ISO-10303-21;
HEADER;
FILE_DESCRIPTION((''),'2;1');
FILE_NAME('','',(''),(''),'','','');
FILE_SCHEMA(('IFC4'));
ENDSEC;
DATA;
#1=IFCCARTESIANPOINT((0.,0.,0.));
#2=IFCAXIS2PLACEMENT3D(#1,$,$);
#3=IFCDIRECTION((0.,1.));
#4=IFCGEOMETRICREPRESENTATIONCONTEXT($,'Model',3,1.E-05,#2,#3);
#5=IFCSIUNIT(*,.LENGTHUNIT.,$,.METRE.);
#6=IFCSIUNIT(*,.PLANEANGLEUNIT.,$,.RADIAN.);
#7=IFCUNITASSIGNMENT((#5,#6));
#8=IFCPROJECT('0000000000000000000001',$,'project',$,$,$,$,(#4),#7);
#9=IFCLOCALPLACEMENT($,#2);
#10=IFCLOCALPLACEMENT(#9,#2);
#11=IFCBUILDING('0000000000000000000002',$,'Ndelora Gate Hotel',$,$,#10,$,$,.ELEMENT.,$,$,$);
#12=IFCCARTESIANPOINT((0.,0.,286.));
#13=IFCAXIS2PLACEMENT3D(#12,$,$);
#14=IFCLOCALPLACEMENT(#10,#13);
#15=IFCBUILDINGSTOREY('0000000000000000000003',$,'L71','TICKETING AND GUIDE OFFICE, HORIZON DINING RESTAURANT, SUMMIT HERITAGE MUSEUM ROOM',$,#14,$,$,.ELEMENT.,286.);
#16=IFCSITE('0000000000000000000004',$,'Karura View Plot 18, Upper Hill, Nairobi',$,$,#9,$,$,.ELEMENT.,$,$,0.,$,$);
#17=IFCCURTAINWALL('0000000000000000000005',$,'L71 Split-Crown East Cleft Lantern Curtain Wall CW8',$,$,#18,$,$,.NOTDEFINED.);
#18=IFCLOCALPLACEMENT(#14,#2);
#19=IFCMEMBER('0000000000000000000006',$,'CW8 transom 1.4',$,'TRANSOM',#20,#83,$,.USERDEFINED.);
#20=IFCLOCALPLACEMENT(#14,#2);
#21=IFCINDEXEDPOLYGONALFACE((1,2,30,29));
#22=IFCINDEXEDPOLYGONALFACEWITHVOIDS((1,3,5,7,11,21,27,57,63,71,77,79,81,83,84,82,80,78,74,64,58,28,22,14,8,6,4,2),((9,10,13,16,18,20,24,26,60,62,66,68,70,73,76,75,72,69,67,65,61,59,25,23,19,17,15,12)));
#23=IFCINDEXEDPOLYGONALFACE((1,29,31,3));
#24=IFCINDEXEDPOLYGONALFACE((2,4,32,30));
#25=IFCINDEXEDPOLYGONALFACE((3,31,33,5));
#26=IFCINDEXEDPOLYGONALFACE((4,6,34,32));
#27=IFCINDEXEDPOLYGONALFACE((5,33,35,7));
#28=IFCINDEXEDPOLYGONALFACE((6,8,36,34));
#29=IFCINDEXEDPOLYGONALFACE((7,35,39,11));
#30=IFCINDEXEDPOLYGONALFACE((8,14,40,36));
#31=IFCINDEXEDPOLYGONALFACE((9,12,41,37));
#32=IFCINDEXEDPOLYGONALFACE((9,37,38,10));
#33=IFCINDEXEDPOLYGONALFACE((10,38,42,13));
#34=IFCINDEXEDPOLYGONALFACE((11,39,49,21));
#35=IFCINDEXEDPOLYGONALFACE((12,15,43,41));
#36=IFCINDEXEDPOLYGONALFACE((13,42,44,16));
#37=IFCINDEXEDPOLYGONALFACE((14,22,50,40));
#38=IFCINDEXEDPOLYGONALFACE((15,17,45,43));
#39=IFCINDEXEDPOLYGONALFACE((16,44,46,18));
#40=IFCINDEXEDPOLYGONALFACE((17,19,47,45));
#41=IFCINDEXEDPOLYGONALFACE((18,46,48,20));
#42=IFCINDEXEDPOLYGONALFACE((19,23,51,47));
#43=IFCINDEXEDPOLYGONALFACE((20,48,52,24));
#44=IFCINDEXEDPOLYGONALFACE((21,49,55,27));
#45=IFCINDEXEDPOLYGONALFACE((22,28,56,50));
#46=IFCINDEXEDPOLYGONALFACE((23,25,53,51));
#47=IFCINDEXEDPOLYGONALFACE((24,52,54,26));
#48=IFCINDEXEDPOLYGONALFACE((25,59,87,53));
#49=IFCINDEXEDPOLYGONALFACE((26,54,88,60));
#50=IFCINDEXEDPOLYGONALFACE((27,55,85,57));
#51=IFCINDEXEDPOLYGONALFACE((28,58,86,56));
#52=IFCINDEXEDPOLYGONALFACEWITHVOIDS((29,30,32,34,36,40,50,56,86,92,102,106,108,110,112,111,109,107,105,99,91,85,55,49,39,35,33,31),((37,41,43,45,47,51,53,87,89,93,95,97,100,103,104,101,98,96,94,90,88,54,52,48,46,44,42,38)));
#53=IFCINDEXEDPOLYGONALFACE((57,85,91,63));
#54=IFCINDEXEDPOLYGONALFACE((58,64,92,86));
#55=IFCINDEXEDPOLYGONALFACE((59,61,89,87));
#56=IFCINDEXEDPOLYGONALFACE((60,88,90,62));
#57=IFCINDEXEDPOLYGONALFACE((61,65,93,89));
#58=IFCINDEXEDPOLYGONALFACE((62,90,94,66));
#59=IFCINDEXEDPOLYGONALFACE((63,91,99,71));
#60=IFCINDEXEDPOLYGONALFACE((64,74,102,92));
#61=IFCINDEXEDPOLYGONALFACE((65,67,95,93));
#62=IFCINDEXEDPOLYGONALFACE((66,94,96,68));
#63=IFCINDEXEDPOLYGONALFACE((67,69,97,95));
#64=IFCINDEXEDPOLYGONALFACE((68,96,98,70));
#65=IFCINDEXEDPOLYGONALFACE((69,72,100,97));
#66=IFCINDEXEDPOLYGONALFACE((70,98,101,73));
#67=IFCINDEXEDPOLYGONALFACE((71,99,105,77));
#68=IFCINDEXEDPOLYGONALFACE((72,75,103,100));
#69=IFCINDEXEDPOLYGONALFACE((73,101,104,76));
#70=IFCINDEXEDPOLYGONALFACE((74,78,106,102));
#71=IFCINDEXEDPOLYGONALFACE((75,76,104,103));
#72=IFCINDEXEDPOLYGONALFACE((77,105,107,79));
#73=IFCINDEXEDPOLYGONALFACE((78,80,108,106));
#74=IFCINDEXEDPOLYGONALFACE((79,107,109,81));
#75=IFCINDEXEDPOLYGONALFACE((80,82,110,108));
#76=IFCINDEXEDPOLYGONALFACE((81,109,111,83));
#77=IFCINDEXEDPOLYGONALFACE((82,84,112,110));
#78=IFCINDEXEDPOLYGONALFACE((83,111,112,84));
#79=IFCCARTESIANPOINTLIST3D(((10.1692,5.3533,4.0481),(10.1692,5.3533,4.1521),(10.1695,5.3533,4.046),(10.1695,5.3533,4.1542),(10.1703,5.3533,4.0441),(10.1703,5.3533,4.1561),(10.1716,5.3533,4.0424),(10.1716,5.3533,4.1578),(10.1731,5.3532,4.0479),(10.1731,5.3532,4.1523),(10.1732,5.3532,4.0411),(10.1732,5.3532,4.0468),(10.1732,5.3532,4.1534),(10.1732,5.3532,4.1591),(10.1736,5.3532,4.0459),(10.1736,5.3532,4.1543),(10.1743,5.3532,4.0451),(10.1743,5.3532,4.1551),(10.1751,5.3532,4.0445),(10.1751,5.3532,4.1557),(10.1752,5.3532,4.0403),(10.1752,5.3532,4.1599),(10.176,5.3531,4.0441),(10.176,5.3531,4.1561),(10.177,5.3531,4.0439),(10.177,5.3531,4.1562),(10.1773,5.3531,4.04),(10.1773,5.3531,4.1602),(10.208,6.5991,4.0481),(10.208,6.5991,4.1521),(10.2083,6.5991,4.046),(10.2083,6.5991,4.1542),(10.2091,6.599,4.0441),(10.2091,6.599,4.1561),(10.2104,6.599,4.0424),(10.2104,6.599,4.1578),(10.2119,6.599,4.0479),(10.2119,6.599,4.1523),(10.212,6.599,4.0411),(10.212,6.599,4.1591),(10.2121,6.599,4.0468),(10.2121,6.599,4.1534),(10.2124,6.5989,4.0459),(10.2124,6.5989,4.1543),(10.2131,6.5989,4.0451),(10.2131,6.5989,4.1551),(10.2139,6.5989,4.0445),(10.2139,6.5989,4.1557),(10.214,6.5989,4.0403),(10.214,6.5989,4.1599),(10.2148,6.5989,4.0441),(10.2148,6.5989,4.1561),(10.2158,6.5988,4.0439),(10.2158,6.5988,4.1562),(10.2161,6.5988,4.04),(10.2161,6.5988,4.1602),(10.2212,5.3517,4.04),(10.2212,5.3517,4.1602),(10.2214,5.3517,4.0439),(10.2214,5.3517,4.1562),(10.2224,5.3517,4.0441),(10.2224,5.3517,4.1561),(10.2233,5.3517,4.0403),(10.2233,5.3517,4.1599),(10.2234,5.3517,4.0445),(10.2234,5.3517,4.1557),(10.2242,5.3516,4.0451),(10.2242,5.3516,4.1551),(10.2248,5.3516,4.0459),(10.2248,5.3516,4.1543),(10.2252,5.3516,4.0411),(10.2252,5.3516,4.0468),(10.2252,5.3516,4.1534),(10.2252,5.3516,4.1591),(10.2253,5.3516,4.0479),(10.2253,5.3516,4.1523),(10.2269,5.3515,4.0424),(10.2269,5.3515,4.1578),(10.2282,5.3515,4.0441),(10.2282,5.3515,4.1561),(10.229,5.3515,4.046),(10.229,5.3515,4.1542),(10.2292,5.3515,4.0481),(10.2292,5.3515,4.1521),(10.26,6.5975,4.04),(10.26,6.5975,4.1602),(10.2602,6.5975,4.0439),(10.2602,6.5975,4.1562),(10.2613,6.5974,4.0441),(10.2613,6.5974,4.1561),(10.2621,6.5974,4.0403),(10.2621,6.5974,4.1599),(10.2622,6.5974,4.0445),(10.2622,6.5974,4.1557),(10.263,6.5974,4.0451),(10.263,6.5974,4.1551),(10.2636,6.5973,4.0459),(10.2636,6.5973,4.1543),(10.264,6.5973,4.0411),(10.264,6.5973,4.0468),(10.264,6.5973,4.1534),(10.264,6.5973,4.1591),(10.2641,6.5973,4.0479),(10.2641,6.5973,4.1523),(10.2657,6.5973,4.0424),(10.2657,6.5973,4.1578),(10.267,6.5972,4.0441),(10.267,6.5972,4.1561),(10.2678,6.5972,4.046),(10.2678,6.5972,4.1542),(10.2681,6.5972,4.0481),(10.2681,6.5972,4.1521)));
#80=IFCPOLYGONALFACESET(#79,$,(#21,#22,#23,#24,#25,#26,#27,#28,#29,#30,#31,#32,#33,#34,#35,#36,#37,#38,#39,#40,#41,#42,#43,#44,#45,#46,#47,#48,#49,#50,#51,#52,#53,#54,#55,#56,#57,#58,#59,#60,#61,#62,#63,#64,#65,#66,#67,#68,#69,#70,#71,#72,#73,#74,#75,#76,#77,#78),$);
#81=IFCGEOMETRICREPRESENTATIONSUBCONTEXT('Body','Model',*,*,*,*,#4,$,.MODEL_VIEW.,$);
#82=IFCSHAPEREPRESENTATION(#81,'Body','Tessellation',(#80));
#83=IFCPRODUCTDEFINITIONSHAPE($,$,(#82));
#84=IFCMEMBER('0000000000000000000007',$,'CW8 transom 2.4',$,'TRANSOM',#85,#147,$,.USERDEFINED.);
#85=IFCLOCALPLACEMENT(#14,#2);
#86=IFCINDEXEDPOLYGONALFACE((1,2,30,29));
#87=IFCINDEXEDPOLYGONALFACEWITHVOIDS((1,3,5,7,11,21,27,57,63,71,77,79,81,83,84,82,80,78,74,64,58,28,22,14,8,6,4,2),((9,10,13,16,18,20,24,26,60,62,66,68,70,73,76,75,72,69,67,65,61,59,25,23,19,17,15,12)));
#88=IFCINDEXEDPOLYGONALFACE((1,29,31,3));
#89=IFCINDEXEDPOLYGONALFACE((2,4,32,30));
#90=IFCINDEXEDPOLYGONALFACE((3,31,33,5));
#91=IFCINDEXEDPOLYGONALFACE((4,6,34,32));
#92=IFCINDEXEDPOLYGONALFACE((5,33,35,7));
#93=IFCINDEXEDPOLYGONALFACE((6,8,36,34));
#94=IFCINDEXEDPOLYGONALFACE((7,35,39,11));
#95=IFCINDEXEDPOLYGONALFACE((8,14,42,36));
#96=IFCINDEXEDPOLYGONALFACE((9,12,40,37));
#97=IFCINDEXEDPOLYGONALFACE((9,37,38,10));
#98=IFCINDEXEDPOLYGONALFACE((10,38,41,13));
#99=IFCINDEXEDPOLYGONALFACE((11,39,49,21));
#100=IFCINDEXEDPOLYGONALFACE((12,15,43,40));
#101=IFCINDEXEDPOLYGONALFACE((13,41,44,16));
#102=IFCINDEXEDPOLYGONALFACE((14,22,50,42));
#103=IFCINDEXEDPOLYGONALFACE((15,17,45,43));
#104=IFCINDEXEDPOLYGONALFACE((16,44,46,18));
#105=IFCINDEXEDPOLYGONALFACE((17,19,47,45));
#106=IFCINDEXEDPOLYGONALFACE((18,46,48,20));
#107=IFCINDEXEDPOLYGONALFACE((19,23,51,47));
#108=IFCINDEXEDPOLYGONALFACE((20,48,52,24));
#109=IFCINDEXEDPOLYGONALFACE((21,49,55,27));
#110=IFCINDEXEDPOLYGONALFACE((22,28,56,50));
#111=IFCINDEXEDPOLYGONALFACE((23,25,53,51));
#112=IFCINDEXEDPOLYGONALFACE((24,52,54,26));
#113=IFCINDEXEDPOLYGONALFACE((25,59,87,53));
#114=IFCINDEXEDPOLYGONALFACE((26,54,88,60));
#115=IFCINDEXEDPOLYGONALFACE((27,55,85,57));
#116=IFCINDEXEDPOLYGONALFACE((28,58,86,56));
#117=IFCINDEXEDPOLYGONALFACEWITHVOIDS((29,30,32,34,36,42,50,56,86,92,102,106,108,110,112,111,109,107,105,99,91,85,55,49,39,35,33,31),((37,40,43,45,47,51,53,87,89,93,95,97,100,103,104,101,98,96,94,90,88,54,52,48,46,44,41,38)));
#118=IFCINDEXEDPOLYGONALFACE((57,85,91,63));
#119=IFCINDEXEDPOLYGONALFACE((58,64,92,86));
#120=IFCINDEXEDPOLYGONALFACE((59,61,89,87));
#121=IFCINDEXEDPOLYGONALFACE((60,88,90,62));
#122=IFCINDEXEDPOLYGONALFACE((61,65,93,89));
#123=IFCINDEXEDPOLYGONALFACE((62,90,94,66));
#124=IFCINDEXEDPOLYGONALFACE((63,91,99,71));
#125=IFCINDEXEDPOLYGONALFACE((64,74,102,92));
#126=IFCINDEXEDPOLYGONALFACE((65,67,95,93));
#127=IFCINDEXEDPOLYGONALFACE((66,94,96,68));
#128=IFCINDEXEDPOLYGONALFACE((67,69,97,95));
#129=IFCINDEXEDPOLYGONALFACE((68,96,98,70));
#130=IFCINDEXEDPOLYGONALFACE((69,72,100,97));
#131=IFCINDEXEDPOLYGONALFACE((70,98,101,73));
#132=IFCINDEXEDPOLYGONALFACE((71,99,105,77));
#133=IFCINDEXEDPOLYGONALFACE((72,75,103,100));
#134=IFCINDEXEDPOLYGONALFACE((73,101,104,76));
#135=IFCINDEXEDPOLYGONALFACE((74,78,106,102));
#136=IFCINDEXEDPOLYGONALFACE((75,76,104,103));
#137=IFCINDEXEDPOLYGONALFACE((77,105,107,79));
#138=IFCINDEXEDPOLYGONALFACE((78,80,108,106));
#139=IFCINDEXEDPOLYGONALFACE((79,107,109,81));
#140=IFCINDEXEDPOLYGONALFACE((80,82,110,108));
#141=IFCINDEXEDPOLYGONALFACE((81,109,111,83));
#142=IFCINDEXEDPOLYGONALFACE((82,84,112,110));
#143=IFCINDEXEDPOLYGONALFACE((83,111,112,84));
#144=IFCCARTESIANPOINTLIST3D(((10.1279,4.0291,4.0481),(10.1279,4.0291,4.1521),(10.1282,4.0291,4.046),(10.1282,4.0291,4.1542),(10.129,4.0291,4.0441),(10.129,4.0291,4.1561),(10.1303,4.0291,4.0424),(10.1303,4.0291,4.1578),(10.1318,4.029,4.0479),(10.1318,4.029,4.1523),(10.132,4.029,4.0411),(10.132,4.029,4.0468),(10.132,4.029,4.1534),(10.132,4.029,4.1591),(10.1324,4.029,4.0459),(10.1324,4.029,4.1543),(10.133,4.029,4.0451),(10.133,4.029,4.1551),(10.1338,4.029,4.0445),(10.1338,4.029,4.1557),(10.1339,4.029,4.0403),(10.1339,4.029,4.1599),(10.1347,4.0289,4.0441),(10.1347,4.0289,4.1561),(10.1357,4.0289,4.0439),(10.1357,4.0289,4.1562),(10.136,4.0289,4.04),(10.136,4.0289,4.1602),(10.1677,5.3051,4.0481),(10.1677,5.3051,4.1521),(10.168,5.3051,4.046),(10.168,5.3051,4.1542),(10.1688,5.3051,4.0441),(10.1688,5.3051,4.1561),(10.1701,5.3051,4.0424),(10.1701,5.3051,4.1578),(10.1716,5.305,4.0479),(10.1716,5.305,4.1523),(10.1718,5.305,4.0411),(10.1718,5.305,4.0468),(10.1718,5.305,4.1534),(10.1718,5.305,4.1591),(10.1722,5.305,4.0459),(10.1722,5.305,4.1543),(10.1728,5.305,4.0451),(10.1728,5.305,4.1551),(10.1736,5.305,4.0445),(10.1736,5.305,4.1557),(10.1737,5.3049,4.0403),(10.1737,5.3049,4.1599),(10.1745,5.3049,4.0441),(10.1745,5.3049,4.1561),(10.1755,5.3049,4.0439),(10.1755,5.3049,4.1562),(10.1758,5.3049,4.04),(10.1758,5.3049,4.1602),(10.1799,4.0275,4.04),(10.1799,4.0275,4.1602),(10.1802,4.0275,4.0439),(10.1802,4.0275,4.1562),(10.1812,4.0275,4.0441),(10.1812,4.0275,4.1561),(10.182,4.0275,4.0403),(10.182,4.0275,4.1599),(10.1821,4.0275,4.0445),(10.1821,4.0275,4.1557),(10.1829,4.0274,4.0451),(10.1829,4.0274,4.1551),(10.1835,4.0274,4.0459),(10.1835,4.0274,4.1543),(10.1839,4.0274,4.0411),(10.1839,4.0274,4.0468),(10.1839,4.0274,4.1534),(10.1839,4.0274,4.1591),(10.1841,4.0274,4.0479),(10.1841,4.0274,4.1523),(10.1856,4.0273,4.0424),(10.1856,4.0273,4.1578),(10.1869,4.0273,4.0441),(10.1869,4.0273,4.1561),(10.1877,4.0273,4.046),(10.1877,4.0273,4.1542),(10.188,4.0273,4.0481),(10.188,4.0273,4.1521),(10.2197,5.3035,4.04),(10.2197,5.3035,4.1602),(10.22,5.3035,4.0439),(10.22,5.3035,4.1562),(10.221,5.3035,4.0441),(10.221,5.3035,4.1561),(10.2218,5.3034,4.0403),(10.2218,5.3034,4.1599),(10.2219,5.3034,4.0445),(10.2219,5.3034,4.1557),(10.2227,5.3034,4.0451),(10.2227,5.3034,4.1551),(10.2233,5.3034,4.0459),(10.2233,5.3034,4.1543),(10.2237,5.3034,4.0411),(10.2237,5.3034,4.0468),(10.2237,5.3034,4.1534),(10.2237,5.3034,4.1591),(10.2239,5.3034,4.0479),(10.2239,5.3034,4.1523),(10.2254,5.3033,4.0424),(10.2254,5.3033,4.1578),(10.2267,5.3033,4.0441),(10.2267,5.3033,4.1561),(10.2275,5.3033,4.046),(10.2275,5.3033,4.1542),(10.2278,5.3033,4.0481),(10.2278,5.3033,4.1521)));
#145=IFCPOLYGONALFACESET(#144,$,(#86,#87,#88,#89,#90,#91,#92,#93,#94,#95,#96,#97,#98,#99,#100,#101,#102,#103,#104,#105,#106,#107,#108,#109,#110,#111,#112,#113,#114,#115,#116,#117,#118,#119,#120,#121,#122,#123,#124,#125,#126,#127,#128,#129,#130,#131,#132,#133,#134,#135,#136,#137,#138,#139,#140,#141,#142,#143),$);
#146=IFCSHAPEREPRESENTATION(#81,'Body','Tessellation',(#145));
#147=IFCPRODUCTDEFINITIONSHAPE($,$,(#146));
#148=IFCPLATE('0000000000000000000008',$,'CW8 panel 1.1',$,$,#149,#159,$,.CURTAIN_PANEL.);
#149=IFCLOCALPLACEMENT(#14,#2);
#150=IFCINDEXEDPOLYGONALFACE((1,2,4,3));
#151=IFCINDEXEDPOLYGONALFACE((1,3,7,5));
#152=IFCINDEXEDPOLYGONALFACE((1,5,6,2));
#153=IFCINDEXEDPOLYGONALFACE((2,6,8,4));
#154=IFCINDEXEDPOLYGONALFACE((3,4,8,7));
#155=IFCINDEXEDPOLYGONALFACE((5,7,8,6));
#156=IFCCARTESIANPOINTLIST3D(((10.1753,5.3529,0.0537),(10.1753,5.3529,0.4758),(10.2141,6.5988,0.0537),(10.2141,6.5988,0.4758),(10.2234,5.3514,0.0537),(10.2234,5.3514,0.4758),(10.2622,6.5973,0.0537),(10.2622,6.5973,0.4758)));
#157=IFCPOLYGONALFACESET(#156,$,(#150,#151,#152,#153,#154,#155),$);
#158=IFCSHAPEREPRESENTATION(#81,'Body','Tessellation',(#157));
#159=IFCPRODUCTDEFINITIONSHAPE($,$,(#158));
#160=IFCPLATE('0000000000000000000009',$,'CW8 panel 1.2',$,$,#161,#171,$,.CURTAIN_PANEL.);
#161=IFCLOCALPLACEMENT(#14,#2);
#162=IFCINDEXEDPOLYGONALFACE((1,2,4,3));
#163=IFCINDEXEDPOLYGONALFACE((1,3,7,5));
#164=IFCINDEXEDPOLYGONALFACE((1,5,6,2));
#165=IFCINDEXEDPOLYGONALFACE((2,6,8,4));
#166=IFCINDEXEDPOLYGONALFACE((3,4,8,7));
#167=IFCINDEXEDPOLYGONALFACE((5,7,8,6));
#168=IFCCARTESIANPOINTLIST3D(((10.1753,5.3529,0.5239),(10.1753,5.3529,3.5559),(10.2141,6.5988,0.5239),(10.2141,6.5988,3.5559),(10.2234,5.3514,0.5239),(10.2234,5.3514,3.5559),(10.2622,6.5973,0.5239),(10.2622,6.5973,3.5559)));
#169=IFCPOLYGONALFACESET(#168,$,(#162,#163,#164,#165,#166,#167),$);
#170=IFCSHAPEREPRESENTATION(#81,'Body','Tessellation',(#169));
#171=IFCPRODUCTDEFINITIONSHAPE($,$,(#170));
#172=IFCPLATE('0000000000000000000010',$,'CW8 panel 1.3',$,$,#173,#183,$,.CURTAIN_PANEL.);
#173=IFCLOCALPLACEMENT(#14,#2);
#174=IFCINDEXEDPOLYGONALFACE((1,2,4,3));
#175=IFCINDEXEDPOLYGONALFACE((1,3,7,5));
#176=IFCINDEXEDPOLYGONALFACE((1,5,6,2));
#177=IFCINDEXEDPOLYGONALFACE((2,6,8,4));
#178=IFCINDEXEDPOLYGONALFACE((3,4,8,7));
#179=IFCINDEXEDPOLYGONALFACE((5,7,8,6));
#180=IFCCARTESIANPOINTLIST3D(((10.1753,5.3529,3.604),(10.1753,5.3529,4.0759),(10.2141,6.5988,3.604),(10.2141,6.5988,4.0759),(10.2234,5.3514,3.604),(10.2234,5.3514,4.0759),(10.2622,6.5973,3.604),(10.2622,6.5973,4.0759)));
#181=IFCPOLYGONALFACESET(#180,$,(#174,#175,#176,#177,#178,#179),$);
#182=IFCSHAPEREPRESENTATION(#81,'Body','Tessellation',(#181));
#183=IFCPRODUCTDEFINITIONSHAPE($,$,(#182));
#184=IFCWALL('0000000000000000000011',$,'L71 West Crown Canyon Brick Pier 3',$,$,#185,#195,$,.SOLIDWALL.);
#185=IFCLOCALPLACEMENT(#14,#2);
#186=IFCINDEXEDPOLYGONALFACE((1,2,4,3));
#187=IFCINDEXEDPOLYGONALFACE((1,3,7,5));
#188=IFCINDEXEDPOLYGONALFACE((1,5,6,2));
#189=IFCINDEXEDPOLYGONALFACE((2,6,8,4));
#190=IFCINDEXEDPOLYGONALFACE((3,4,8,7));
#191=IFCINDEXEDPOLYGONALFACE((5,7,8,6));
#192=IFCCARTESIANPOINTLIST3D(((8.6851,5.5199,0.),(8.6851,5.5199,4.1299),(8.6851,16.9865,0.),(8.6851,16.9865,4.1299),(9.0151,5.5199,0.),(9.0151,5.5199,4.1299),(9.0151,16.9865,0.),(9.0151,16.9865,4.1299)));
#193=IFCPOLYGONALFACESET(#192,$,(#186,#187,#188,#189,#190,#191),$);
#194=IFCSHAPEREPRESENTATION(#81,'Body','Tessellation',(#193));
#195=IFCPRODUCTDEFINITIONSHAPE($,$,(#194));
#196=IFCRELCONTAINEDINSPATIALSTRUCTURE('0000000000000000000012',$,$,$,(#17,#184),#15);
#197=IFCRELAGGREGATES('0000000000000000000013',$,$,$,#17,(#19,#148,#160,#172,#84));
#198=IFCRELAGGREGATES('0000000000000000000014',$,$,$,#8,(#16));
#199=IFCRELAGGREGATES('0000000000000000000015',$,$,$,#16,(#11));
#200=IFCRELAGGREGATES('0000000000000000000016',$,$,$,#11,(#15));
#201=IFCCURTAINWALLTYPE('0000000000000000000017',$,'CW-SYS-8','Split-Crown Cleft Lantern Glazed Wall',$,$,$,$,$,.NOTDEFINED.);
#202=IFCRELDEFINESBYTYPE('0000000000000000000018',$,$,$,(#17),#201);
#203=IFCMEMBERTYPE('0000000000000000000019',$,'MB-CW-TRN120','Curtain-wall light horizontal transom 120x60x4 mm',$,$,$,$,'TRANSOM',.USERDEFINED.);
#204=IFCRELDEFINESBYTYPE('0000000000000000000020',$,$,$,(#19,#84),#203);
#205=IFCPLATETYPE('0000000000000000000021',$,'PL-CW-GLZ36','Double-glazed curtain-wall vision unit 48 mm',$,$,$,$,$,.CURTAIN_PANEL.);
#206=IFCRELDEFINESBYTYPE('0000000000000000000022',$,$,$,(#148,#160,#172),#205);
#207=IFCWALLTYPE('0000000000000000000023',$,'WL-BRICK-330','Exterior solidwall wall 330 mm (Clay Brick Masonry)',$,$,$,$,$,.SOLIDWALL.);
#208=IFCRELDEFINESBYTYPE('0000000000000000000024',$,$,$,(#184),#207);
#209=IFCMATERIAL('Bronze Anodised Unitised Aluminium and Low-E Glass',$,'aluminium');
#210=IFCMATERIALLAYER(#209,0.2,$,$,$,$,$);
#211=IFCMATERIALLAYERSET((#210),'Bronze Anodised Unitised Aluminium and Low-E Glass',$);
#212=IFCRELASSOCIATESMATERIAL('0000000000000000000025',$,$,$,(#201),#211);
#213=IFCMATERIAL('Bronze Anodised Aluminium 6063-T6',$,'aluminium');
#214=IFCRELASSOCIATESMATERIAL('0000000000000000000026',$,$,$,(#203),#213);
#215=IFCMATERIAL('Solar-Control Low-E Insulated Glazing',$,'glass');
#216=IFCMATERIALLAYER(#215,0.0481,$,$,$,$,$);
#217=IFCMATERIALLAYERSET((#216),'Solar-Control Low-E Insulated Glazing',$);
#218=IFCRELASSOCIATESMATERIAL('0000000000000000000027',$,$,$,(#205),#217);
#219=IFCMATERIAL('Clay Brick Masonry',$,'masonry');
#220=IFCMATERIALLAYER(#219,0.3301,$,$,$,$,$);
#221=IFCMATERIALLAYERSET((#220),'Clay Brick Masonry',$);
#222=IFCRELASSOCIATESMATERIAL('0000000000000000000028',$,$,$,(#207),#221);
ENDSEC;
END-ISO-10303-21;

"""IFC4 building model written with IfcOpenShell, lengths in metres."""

from ifc_helpers import new_model, si_unit, direction, frame, frame_2d, origin, origin_2d, place, context, subcontext, project, spatial, rectangle, hollow_rectangle, extrude, material, layer, layer_set, material_profile, profile_set, type_object, element, aggregate, save


model = new_model("IFC4")

# Units and contexts
model_context = context("Model", 3, precision=1e-05, world=origin(), true_north=direction((0.0, 1.0)))
body_context = subcontext(model_context, "Body", "Model", "MODEL_VIEW")
ifc_project = project(units=[si_unit("LENGTHUNIT", "METRE"), si_unit("PLANEANGLEUNIT", "RADIAN")], contexts=[model_context])

# Site, building, storey
site_placement = place(None, origin())
site = spatial("IfcSite", under=ifc_project, at=site_placement, Name="Karura View Plot 18, Upper Hill, Nairobi", CompositionType="ELEMENT", RefElevation=0.0)
building_placement = place(site_placement, origin())
building = spatial("IfcBuilding", under=site, at=building_placement, Name="Ndelora Gate Hotel", CompositionType="ELEMENT")
storey_placement = place(building_placement, frame((0.0, 0.0, 286.0)))
storey = spatial("IfcBuildingStorey", under=building, at=storey_placement, Name="L71", Description="TICKETING AND GUIDE OFFICE, HORIZON DINING RESTAURANT, SUMMIT HERITAGE MUSEUM ROOM", CompositionType="ELEMENT", Elevation=286.0)

# Shared definitions
ifc_material_1 = material(Name="Bronze Anodised Unitised Aluminium and Low-E Glass", Category="aluminium")
ifc_layer_1 = layer(ifc_material_1, 0.2)
ifc_layer_set_1 = layer_set([ifc_layer_1], Name="Bronze Anodised Unitised Aluminium and Low-E Glass")
curtain_wall_type = type_object("IfcCurtainWallType", Name="CW-SYS-8", Description="Split-Crown Cleft Lantern Glazed Wall", PredefinedType="NOTDEFINED", material=ifc_layer_set_1)
ifc_material_2 = material(Name="Bronze Anodised Aluminium 6063-T6", Category="aluminium")

# Curtain wall, members, plates
curtain_wall_1_placement = place(storey_placement, origin())
curtain_wall_1 = element("IfcCurtainWall", 1, at=curtain_wall_1_placement, inside=storey, type_object=curtain_wall_type, Name="L71 Split-Crown East Cleft Lantern Curtain Wall CW8", PredefinedType="NOTDEFINED")
ifc_material_profile_1 = material_profile(ifc_material_2, hollow_rectangle(XDim=0.0601, YDim=0.1201, WallThickness=0.0039, InnerFilletRadius=0.0039, OuterFilletRadius=0.0081, at=origin_2d()), Name="ALU 120x60x4")
ifc_profile_set_1 = profile_set([ifc_material_profile_1], Name="Bronze Anodised Aluminium 6063-T6")
member_type_1 = type_object("IfcMemberType", Name="MB-CW-TRN120", Description="Curtain-wall light horizontal transom 120x60x4 mm", ElementType="TRANSOM", PredefinedType="USERDEFINED", material=ifc_profile_set_1)
member_1_placement = place(storey_placement, frame((10.238, 6.5981, 4.1001), z_axis=(-0.031143, -0.999515, 0.0), x_axis=(0.999515, -0.031143, 0.0)))
member_1 = element("IfcMember", 2, at=member_1_placement, type_object=member_type_1, Name="CW8 transom 1.4", ObjectType="TRANSOM", PredefinedType="USERDEFINED", context=body_context, shape_type="SweptSolid", body=[
    extrude(hollow_rectangle(XDim=0.0601, YDim=0.1201, WallThickness=0.0039, InnerFilletRadius=0.0039, OuterFilletRadius=0.0081, at=origin_2d()), origin(), (0.0, 0.0, 1.0), 1.2463),
])
member_2_placement = place(storey_placement, frame((10.1978, 5.3042, 4.1001), z_axis=(-0.031175, -0.999514, 0.0), x_axis=(0.999514, -0.031175, 0.0)))
member_2 = element("IfcMember", 3, at=member_2_placement, type_object=member_type_1, Name="CW8 transom 2.4", ObjectType="TRANSOM", PredefinedType="USERDEFINED", context=body_context, shape_type="SweptSolid", body=[
    extrude(hollow_rectangle(XDim=0.0601, YDim=0.1201, WallThickness=0.0039, InnerFilletRadius=0.0039, OuterFilletRadius=0.0081, at=origin_2d()), origin(), (0.0, 0.0, 1.0), 1.2766),
])
ifc_material_3 = material(Name="Solar-Control Low-E Insulated Glazing", Category="glass")
ifc_layer_2 = layer(ifc_material_3, 0.0481)
ifc_layer_set_2 = layer_set([ifc_layer_2], Name="Solar-Control Low-E Insulated Glazing")
plate_type = type_object("IfcPlateType", Name="PL-CW-GLZ36", Description="Double-glazed curtain-wall vision unit 48 mm", PredefinedType="CURTAIN_PANEL", material=ifc_layer_set_2)
plate_1_placement = place(storey_placement, frame((10.2188, 5.9751, 0.0537), z_axis=(0.0, 0.0, 1.0), x_axis=(-0.031131, -0.999515, 0.0)))
plate_1 = element("IfcPlate", 4, at=plate_1_placement, type_object=plate_type, Name="CW8 panel 1.1", PredefinedType="CURTAIN_PANEL", context=body_context, shape_type="SweptSolid", body=[
    extrude(rectangle(XDim=1.2466, YDim=0.0481, at=origin_2d()), origin(), (0.0, 0.0, 1.0), 0.4221),
])
plate_2_placement = place(storey_placement, frame((10.2188, 5.9751, 0.5239), z_axis=(0.0, 0.0, 1.0), x_axis=(-0.031131, -0.999515, 0.0)))
plate_2 = element("IfcPlate", 5, at=plate_2_placement, type_object=plate_type, Name="CW8 panel 1.2", PredefinedType="CURTAIN_PANEL", context=body_context, shape_type="SweptSolid", body=[
    extrude(rectangle(XDim=1.2466, YDim=0.0481, at=origin_2d()), origin(), (0.0, 0.0, 1.0), 3.032),
])
plate_3_placement = place(storey_placement, frame((10.2188, 5.9751, 3.604), z_axis=(0.0, 0.0, 1.0), x_axis=(-0.031131, -0.999515, 0.0)))
plate_3 = element("IfcPlate", 6, at=plate_3_placement, type_object=plate_type, Name="CW8 panel 1.3", PredefinedType="CURTAIN_PANEL", context=body_context, shape_type="SweptSolid", body=[
    extrude(rectangle(XDim=1.2466, YDim=0.0481, at=origin_2d()), origin(), (0.0, 0.0, 1.0), 0.4719),
])
aggregate(curtain_wall_1, [member_1, plate_1, plate_2, plate_3, member_2])

# Wall
ifc_material_4 = material(Name="Clay Brick Masonry", Category="masonry")
ifc_layer_3 = layer(ifc_material_4, 0.3301)
ifc_layer_set_3 = layer_set([ifc_layer_3], Name="Clay Brick Masonry")
wall_type_1 = type_object("IfcWallType", Name="WL-BRICK-330", Description="Exterior solidwall wall 330 mm (Clay Brick Masonry)", PredefinedType="SOLIDWALL", material=ifc_layer_set_3)
wall_1_placement = place(storey_placement, frame((8.8501, 16.9866, 0.0), z_axis=(0.0, 0.0, 1.0), x_axis=(0.0, -1.0, 0.0)))
element("IfcWall", 7, at=wall_1_placement, inside=storey, type_object=wall_type_1, Name="L71 West Crown Canyon Brick Pier 3", PredefinedType="SOLIDWALL", context=body_context, shape_type="SweptSolid", body=[
    extrude(rectangle(XDim=11.4666, YDim=0.3301, at=frame_2d((5.7334, 0.0))), origin(), (0.0, 0.0, 1.0), 4.1299),
])

save(model, "model.ifc")
